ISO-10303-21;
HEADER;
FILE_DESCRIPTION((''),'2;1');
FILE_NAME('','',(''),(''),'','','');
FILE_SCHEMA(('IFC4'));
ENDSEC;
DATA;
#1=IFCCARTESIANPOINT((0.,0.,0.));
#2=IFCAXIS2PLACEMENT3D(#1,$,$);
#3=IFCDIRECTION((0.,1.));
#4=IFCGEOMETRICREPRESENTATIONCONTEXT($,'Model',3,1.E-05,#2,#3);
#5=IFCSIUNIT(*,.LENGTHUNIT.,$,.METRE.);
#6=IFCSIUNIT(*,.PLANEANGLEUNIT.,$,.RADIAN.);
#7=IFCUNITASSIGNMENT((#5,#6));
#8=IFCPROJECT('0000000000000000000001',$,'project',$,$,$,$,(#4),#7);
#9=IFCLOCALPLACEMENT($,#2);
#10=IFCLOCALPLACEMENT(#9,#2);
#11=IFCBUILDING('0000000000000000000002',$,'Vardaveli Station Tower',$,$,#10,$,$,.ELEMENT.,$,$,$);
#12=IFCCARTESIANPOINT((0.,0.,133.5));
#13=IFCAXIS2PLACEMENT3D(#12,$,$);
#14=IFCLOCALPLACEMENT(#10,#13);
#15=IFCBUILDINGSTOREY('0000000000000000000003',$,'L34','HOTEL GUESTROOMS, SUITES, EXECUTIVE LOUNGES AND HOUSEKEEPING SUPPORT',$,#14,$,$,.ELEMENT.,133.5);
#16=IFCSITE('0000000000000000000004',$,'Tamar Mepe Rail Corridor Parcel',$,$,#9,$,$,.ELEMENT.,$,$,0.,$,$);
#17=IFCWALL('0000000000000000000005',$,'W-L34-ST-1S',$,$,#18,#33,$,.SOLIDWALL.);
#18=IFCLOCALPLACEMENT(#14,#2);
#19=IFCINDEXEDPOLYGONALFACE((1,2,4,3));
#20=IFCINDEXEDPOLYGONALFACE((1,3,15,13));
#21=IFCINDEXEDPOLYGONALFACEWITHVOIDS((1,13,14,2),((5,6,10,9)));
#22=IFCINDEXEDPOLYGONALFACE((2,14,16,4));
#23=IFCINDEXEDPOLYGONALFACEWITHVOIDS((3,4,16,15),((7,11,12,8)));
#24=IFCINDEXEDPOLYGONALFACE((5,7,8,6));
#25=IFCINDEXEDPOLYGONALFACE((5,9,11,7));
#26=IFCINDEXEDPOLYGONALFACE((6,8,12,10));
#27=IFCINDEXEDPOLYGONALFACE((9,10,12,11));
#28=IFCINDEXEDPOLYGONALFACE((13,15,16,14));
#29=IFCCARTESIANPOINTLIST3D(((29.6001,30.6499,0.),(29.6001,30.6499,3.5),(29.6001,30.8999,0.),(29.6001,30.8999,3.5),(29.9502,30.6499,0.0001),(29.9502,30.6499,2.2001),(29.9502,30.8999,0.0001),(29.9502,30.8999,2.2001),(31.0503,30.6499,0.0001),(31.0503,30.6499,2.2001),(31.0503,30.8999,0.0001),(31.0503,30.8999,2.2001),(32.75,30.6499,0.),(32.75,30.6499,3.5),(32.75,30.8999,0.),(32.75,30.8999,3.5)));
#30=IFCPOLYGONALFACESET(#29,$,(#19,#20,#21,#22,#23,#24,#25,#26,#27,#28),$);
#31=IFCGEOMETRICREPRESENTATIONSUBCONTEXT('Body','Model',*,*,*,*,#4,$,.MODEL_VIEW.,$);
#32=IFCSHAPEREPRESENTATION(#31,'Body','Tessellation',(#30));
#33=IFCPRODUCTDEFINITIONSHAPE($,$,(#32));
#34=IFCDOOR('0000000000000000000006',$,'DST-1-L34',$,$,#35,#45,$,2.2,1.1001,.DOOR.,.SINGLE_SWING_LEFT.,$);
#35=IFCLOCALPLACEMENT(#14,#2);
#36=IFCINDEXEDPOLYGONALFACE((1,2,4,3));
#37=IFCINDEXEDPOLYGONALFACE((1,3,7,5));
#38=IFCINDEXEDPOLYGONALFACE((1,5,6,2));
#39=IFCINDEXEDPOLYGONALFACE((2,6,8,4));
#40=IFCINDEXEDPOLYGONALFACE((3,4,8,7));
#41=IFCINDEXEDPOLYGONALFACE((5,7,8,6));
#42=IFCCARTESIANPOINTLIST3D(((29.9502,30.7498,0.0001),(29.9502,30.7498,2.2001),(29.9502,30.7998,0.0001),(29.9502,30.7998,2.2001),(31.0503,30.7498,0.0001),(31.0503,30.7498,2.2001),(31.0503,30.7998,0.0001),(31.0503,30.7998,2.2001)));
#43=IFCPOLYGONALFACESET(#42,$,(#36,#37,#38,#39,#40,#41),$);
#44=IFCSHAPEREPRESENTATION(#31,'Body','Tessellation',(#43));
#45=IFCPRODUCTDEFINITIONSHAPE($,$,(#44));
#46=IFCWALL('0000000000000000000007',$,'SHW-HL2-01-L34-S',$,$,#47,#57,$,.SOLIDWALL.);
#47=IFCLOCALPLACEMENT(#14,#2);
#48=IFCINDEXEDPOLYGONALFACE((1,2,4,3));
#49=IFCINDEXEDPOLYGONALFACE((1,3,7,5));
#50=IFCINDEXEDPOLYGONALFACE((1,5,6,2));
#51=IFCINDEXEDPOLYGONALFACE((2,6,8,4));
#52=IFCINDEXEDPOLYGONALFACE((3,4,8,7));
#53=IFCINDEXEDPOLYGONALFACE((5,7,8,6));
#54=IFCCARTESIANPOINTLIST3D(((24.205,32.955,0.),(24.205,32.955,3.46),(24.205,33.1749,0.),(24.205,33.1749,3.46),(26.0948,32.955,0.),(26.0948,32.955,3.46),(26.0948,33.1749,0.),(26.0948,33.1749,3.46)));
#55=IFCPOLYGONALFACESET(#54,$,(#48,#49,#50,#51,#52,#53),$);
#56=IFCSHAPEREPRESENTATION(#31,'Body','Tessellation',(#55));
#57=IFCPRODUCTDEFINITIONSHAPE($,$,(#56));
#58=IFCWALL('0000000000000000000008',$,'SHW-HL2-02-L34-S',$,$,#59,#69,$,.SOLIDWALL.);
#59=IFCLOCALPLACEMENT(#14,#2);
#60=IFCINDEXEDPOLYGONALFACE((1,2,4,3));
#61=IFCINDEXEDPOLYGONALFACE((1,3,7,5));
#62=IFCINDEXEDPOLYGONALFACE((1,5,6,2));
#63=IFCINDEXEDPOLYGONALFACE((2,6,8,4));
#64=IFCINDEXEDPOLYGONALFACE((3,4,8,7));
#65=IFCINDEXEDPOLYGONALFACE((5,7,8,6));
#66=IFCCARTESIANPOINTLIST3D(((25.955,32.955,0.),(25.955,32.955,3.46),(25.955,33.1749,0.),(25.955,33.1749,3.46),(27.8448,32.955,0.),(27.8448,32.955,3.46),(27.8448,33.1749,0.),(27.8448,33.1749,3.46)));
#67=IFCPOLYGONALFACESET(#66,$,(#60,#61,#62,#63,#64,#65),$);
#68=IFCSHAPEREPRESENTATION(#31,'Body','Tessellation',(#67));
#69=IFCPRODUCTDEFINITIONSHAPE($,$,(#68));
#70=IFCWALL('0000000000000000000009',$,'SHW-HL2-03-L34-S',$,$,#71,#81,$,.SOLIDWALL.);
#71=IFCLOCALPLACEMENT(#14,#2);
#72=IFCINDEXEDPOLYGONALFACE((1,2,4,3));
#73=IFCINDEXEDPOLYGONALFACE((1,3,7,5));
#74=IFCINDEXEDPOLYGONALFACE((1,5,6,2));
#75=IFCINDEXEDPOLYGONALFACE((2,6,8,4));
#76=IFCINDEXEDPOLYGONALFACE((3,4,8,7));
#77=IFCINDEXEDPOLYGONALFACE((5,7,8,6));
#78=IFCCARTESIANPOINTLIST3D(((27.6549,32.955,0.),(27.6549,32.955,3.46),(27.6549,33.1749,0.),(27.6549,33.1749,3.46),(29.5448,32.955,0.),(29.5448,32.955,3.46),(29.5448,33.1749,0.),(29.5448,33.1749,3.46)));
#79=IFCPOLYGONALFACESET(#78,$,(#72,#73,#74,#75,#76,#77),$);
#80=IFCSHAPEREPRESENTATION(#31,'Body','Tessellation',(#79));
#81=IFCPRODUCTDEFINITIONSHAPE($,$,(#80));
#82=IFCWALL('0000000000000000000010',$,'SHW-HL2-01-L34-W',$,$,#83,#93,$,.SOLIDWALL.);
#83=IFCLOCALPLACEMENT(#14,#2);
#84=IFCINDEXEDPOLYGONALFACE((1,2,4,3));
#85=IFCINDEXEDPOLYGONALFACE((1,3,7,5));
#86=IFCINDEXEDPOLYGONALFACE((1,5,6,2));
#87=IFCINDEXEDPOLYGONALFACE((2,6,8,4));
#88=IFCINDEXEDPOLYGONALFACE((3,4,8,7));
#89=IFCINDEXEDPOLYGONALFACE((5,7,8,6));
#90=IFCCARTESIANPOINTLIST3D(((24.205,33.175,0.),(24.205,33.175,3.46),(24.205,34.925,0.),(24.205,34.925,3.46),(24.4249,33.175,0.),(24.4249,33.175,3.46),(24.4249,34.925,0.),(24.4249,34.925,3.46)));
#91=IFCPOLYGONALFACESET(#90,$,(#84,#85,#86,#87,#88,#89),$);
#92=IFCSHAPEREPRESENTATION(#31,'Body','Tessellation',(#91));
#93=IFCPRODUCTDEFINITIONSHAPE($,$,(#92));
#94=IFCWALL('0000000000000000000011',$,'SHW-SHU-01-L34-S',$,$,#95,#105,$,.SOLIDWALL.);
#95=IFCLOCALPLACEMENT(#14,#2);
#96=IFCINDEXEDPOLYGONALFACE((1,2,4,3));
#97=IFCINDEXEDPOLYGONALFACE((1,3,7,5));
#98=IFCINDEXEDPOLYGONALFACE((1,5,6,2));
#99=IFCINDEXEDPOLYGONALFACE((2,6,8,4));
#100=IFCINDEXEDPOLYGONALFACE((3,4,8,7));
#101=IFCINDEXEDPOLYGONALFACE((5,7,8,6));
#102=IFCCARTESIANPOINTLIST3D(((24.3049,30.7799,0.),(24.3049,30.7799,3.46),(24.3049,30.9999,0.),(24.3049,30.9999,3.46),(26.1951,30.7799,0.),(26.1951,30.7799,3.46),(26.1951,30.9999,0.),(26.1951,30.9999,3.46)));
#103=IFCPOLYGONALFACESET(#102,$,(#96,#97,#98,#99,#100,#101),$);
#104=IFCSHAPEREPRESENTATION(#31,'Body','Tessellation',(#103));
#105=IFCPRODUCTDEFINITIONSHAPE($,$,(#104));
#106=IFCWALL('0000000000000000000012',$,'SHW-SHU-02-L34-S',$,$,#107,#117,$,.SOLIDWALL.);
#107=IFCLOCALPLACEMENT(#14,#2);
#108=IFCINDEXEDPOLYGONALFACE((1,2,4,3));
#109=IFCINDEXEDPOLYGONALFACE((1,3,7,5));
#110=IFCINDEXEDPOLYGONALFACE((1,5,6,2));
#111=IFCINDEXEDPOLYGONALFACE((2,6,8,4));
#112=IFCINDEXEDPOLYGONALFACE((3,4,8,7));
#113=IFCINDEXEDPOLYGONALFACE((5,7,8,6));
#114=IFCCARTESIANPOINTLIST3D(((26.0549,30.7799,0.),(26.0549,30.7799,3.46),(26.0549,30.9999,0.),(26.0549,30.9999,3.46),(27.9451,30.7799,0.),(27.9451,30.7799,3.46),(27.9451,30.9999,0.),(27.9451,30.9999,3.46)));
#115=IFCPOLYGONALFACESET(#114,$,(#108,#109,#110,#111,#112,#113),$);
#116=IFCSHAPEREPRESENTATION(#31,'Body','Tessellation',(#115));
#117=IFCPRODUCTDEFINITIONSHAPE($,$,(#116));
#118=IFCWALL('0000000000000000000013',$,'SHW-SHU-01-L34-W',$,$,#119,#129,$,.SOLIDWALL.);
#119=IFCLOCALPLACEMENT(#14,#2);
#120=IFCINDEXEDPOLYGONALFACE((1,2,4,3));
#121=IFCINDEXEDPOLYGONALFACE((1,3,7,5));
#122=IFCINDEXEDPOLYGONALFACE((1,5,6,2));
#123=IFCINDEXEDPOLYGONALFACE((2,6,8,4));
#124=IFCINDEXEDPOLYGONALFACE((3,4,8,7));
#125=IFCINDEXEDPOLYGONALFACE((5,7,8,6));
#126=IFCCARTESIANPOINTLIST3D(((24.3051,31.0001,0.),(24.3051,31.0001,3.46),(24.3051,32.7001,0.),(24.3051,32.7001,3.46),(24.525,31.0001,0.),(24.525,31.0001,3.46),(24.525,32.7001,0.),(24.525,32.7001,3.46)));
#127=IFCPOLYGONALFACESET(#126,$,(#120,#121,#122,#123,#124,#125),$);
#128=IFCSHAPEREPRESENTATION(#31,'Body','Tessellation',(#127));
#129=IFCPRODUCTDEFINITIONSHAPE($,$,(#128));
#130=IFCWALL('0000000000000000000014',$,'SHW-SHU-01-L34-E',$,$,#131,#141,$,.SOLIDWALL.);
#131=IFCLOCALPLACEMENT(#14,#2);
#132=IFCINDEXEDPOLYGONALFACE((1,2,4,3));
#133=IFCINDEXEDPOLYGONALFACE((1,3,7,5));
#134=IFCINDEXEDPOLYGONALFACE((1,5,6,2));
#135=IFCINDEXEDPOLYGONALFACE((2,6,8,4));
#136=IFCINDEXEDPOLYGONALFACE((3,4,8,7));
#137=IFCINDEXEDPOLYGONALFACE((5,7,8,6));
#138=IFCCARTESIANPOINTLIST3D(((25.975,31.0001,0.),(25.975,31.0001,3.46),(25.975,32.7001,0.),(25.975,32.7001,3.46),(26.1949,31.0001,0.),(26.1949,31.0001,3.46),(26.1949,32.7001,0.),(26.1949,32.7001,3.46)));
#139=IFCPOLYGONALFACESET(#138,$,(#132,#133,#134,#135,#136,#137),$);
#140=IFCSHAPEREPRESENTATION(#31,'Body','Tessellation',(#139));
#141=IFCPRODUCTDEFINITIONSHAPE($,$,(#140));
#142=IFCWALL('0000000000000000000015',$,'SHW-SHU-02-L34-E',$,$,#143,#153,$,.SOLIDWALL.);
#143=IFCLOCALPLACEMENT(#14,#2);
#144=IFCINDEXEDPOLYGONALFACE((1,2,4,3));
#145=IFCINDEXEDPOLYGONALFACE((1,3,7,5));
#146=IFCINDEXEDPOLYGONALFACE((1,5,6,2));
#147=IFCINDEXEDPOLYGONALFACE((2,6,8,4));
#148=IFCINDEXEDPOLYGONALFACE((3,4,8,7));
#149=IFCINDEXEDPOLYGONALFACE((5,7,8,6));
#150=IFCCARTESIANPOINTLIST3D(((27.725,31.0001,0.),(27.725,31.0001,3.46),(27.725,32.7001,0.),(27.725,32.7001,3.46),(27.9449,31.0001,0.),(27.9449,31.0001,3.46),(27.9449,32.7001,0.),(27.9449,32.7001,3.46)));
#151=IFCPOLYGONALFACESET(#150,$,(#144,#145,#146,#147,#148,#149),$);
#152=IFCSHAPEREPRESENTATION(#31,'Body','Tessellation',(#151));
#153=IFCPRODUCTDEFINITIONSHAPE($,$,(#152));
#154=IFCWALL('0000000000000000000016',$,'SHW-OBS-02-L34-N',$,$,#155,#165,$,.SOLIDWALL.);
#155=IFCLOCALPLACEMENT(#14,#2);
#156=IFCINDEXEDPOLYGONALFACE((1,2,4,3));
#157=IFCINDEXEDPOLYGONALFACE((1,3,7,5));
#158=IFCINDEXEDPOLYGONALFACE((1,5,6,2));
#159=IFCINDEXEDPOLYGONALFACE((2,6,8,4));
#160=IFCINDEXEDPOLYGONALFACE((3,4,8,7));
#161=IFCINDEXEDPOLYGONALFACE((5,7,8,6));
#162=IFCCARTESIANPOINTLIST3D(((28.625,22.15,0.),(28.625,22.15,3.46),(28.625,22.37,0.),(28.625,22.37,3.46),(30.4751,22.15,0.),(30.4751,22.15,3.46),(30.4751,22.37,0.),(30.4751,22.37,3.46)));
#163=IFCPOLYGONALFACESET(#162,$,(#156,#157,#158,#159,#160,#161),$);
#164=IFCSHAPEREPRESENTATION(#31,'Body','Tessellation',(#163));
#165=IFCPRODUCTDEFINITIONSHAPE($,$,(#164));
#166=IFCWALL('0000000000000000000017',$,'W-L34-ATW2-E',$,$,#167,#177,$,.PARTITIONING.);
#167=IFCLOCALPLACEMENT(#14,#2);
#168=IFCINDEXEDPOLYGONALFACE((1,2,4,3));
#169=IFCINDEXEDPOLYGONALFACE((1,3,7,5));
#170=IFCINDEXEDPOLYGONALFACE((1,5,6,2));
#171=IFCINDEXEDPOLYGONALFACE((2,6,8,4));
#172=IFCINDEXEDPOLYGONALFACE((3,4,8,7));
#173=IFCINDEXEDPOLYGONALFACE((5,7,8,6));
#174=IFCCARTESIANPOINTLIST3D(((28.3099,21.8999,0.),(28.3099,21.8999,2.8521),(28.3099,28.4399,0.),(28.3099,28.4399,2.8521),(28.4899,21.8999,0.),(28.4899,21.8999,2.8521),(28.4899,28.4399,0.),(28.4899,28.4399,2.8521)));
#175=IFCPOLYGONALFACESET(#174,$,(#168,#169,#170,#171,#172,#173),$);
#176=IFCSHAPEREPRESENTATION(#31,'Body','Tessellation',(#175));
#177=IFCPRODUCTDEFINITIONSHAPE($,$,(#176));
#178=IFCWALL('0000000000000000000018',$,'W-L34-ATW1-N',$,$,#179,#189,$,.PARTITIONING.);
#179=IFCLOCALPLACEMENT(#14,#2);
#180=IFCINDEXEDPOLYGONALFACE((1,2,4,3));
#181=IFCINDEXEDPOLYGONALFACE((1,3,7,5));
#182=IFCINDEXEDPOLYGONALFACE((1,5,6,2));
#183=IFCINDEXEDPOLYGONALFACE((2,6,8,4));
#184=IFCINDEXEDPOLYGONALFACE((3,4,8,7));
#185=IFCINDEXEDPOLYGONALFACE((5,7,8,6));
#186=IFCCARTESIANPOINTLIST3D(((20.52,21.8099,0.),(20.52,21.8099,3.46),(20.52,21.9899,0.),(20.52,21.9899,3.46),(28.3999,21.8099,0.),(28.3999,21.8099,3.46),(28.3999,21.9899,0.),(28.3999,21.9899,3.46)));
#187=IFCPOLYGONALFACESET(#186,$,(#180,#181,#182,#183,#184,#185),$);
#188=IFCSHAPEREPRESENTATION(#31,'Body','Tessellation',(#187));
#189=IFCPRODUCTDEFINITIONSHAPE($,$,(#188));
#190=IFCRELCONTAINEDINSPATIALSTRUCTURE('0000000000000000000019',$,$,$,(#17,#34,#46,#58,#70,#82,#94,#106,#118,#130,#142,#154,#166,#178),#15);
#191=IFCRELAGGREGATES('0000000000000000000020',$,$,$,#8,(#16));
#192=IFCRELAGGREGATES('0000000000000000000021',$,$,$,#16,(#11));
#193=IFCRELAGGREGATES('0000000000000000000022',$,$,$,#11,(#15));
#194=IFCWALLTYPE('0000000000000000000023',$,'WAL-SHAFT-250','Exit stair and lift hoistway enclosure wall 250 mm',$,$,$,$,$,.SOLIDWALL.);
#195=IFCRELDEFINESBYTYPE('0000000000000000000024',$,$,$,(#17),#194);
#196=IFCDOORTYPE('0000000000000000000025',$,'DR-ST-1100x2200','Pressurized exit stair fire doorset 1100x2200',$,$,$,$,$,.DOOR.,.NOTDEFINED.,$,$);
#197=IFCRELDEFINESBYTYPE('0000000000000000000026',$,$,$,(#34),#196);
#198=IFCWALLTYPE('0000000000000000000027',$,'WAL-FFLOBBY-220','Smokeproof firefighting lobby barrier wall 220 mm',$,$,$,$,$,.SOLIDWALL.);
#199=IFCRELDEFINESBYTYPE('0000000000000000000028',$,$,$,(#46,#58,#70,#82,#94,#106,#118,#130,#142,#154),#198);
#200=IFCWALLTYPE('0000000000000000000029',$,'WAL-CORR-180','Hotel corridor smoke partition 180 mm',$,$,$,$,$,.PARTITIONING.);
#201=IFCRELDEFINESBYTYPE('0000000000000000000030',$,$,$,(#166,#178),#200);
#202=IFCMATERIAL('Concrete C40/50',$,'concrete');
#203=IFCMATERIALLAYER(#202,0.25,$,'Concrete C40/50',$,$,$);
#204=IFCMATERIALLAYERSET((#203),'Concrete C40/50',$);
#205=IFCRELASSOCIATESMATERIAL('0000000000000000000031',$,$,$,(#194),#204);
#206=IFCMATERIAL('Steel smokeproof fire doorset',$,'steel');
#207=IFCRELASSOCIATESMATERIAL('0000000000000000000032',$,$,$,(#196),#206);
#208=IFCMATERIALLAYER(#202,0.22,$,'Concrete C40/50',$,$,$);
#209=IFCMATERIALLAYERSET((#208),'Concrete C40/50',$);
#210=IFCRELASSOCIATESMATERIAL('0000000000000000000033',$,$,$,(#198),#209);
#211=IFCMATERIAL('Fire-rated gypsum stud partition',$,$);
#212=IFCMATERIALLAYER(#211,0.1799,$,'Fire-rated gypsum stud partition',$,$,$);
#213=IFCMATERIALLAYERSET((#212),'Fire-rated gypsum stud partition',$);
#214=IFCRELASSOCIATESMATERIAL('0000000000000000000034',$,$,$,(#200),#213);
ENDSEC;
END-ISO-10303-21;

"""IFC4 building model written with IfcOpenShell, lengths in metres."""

from ifc_helpers import new_model, si_unit, direction, frame, frame_2d, origin, place, context, subcontext, project, spatial, rectangle, extrude, source, transform, mapped, material, layer, layer_set, type_object, element, fill, save


model = new_model("IFC4")

# Units and contexts
model_context = context("Model", 3, precision=1e-05, world=origin(), true_north=direction((0.0, 1.0)))
body_context = subcontext(model_context, "Body", "Model", "MODEL_VIEW")
ifc_project = project(units=[si_unit("LENGTHUNIT", "METRE"), si_unit("PLANEANGLEUNIT", "RADIAN")], contexts=[model_context])

# Site, building, storey
site_placement = place(None, origin())
site = spatial("IfcSite", under=ifc_project, at=site_placement, Name="Tamar Mepe Rail Corridor Parcel", CompositionType="ELEMENT", RefElevation=0.0)
building_placement = place(site_placement, origin())
building = spatial("IfcBuilding", under=site, at=building_placement, Name="Vardaveli Station Tower", CompositionType="ELEMENT")
storey_placement = place(building_placement, frame((0.0, 0.0, 133.5)))
storey = spatial("IfcBuildingStorey", under=building, at=storey_placement, Name="L34", Description="HOTEL GUESTROOMS, SUITES, EXECUTIVE LOUNGES AND HOUSEKEEPING SUPPORT", CompositionType="ELEMENT", Elevation=133.5)

# Shared definitions
ifc_material_1 = material(Name="Concrete C40/50", Category="concrete")
ifc_layer_1 = layer(ifc_material_1, 0.25, Name="Concrete C40/50")
ifc_layer_set_1 = layer_set([ifc_layer_1], Name="Concrete C40/50")
wall_type_1 = type_object("IfcWallType", Name="WAL-SHAFT-250", Description="Exit stair and lift hoistway enclosure wall 250 mm", PredefinedType="SOLIDWALL", material=ifc_layer_set_1)

# Wall, opening, door
shared_shape_1 = source(origin(), body_context, "Body", "SweptSolid", [
    extrude(rectangle(XDim=3.1499, YDim=0.25, at=frame_2d((1.575, 0.0))), origin(), (0.0, 0.0, 1.0), 3.5),
])
wall_1_placement = place(storey_placement, frame((29.6001, 30.7749, 0.0), z_axis=(0.0, 0.0, 1.0), x_axis=(1.0, 0.0, 0.0)))
wall_1 = element("IfcWall", 1, at=wall_1_placement, inside=storey, type_object=wall_type_1, Name="W-L34-ST-1S", PredefinedType="SOLIDWALL", context=body_context, shape_type="MappedRepresentation", body=[
    mapped(shared_shape_1, transform((0.0, 0.0, 0.0), scale=1.0)),
])
shared_shape_2 = source(origin(), body_context, "Body", "SweptSolid", [
    extrude(rectangle(XDim=1.1001, YDim=2.2, at=frame_2d((0.55, 1.1001))), frame((0.0, 0.135, 0.0), z_axis=(0.0, -1.0, 0.0), x_axis=(1.0, 0.0, 0.0)), (0.0, 0.0, 1.0), 0.27),
])
opening_1_placement = place(wall_1_placement, frame((0.3501, 0.0, 0.0)))
opening_1 = element("IfcOpeningElement", 2, at=opening_1_placement, cuts=wall_1, PredefinedType="OPENING", context=body_context, shape_type="MappedRepresentation", body=[
    mapped(shared_shape_2, transform((0.0, 0.0, 0.0), scale=1.0)),
])
ifc_material_2 = material(Name="Steel smokeproof fire doorset", Category="steel")
door_type_1 = type_object("IfcDoorType", Name="DR-ST-1100x2200", Description="Pressurized exit stair fire doorset 1100x2200", OperationType="NOTDEFINED", PredefinedType="DOOR", material=ifc_material_2)
shared_shape_3 = source(origin(), body_context, "Body", "SweptSolid", [
    extrude(rectangle(XDim=1.1001, YDim=2.2, at=frame_2d((0.55, 1.1001))), frame((0.0, 0.0249, 0.0), z_axis=(0.0, -1.0, 0.0), x_axis=(1.0, 0.0, 0.0)), (0.0, 0.0, 1.0), 0.05),
])
door_1_placement = place(opening_1_placement, origin())
door_1 = element("IfcDoor", 3, at=door_1_placement, inside=storey, type_object=door_type_1, Name="DST-1-L34", OperationType="SINGLE_SWING_LEFT", OverallHeight=2.2, OverallWidth=1.1001, PredefinedType="DOOR", context=body_context, shape_type="MappedRepresentation", body=[
    mapped(shared_shape_3, transform((0.0, 0.0, 0.0), scale=1.0)),
])
fill(opening_1, door_1)

# Walls
ifc_layer_2 = layer(ifc_material_1, 0.22, Name="Concrete C40/50")
ifc_layer_set_2 = layer_set([ifc_layer_2], Name="Concrete C40/50")
wall_type_2 = type_object("IfcWallType", Name="WAL-FFLOBBY-220", Description="Smokeproof firefighting lobby barrier wall 220 mm", PredefinedType="SOLIDWALL", material=ifc_layer_set_2)
shared_shape_4 = source(origin(), body_context, "Body", "SweptSolid", [
    extrude(rectangle(XDim=1.8899, YDim=0.22, at=frame_2d((0.9448, 0.0))), origin(), (0.0, 0.0, 1.0), 3.46),
])
for number, where, z_axis, x_axis, name in (
    (4, (24.2051, 33.0649, 0.0), (0.0, 0.0, 1.0), (1.0, 0.0, 0.0), "SHW-HL2-01-L34-S"),
    (5, (25.9551, 33.0649, 0.0), (0.0, 0.0, 1.0), (1.0, 0.0, 0.0), "SHW-HL2-02-L34-S"),
    (6, (27.655, 33.0649, 0.0), (0.0, 0.0, 1.0), (1.0, 0.0, 0.0), "SHW-HL2-03-L34-S"),
):
    element("IfcWall", number, at=place(storey_placement, frame(where, z_axis=z_axis, x_axis=x_axis)), inside=storey, type_object=wall_type_2, Name=name, PredefinedType="SOLIDWALL", context=body_context, shape_type="MappedRepresentation", body=[
        mapped(shared_shape_4, transform((0.0, 0.0, 0.0), scale=1.0)),
    ])
shared_shape_5 = source(origin(), body_context, "Body", "SweptSolid", [
    extrude(rectangle(XDim=1.75, YDim=0.22, at=frame_2d((0.875, 0.0))), origin(), (0.0, 0.0, 1.0), 3.46),
])
wall_2_placement = place(storey_placement, frame((24.3149, 33.175, 0.0), z_axis=(0.0, 0.0, 1.0), x_axis=(0.0, 1.0, 0.0)))
element("IfcWall", 7, at=wall_2_placement, inside=storey, type_object=wall_type_2, Name="SHW-HL2-01-L34-W", PredefinedType="SOLIDWALL", context=body_context, shape_type="MappedRepresentation", body=[
    mapped(shared_shape_5, transform((0.0, 0.0, 0.0), scale=1.0)),
])
shared_shape_6 = source(origin(), body_context, "Body", "SweptSolid", [
    extrude(rectangle(XDim=1.8901, YDim=0.22, at=frame_2d((0.9451, 0.0))), origin(), (0.0, 0.0, 1.0), 3.46),
])
for number, where, z_axis, x_axis, name in (
    (8, (24.3049, 30.8899, 0.0), (0.0, 0.0, 1.0), (1.0, 0.0, 0.0), "SHW-SHU-01-L34-S"),
    (9, (26.0549, 30.8899, 0.0), (0.0, 0.0, 1.0), (1.0, 0.0, 0.0), "SHW-SHU-02-L34-S"),
):
    element("IfcWall", number, at=place(storey_placement, frame(where, z_axis=z_axis, x_axis=x_axis)), inside=storey, type_object=wall_type_2, Name=name, PredefinedType="SOLIDWALL", context=body_context, shape_type="MappedRepresentation", body=[
        mapped(shared_shape_6, transform((0.0, 0.0, 0.0), scale=1.0)),
    ])
shared_shape_7 = source(origin(), body_context, "Body", "SweptSolid", [
    extrude(rectangle(XDim=1.7, YDim=0.22, at=frame_2d((0.8501, 0.0))), origin(), (0.0, 0.0, 1.0), 3.46),
])
for number, where, z_axis, x_axis, name in (
    (10, (24.415, 31.0, 0.0), (0.0, 0.0, 1.0), (0.0, 1.0, 0.0), "SHW-SHU-01-L34-W"),
    (11, (26.085, 31.0, 0.0), (0.0, 0.0, 1.0), (0.0, 1.0, 0.0), "SHW-SHU-01-L34-E"),
    (12, (27.835, 31.0, 0.0), (0.0, 0.0, 1.0), (0.0, 1.0, 0.0), "SHW-SHU-02-L34-E"),
):
    element("IfcWall", number, at=place(storey_placement, frame(where, z_axis=z_axis, x_axis=x_axis)), inside=storey, type_object=wall_type_2, Name=name, PredefinedType="SOLIDWALL", context=body_context, shape_type="MappedRepresentation", body=[
        mapped(shared_shape_7, transform((0.0, 0.0, 0.0), scale=1.0)),
    ])
shared_shape_8 = source(origin(), body_context, "Body", "SweptSolid", [
    extrude(rectangle(XDim=1.8501, YDim=0.22, at=frame_2d((0.925, 0.0))), origin(), (0.0, 0.0, 1.0), 3.46),
])
wall_3_placement = place(storey_placement, frame((28.625, 22.26, 0.0), z_axis=(0.0, 0.0, 1.0), x_axis=(1.0, 0.0, 0.0)))
element("IfcWall", 13, at=wall_3_placement, inside=storey, type_object=wall_type_2, Name="SHW-OBS-02-L34-N", PredefinedType="SOLIDWALL", context=body_context, shape_type="MappedRepresentation", body=[
    mapped(shared_shape_8, transform((0.0, 0.0, 0.0), scale=1.0)),
])
ifc_material_3 = material(Name="Fire-rated gypsum stud partition")
ifc_layer_3 = layer(ifc_material_3, 0.1799, Name="Fire-rated gypsum stud partition")
ifc_layer_set_3 = layer_set([ifc_layer_3], Name="Fire-rated gypsum stud partition")
wall_type_3 = type_object("IfcWallType", Name="WAL-CORR-180", Description="Hotel corridor smoke partition 180 mm", PredefinedType="PARTITIONING", material=ifc_layer_set_3)
shared_shape_9 = source(origin(), body_context, "Body", "SweptSolid", [
    extrude(rectangle(XDim=6.54, YDim=0.1799, at=frame_2d((3.27, 0.0))), origin(), (0.0, 0.0, 1.0), 2.8521),
])
wall_4_placement = place(storey_placement, frame((28.3999, 21.8999, 0.0), z_axis=(0.0, 0.0, 1.0), x_axis=(0.0, 1.0, 0.0)))
element("IfcWall", 14, at=wall_4_placement, inside=storey, type_object=wall_type_3, Name="W-L34-ATW2-E", PredefinedType="PARTITIONING", context=body_context, shape_type="MappedRepresentation", body=[
    mapped(shared_shape_9, transform((0.0, 0.0, 0.0), scale=1.0)),
])
shared_shape_10 = source(origin(), body_context, "Body", "SweptSolid", [
    extrude(rectangle(XDim=7.8799, YDim=0.1799, at=frame_2d((3.9399, 0.0))), origin(), (0.0, 0.0, 1.0), 3.46),
])
for number, where, z_axis, x_axis, name in (
    (15, (20.52, 21.8999, 0.0), (0.0, 0.0, 1.0), (1.0, 0.0, 0.0), "W-L34-ATW1-N"),
):
    element("IfcWall", number, at=place(storey_placement, frame(where, z_axis=z_axis, x_axis=x_axis)), inside=storey, type_object=wall_type_3, Name=name, PredefinedType="PARTITIONING", context=body_context, shape_type="MappedRepresentation", body=[
        mapped(shared_shape_10, transform((0.0, 0.0, 0.0), scale=1.0)),
    ])

save(model, "model.ifc")
